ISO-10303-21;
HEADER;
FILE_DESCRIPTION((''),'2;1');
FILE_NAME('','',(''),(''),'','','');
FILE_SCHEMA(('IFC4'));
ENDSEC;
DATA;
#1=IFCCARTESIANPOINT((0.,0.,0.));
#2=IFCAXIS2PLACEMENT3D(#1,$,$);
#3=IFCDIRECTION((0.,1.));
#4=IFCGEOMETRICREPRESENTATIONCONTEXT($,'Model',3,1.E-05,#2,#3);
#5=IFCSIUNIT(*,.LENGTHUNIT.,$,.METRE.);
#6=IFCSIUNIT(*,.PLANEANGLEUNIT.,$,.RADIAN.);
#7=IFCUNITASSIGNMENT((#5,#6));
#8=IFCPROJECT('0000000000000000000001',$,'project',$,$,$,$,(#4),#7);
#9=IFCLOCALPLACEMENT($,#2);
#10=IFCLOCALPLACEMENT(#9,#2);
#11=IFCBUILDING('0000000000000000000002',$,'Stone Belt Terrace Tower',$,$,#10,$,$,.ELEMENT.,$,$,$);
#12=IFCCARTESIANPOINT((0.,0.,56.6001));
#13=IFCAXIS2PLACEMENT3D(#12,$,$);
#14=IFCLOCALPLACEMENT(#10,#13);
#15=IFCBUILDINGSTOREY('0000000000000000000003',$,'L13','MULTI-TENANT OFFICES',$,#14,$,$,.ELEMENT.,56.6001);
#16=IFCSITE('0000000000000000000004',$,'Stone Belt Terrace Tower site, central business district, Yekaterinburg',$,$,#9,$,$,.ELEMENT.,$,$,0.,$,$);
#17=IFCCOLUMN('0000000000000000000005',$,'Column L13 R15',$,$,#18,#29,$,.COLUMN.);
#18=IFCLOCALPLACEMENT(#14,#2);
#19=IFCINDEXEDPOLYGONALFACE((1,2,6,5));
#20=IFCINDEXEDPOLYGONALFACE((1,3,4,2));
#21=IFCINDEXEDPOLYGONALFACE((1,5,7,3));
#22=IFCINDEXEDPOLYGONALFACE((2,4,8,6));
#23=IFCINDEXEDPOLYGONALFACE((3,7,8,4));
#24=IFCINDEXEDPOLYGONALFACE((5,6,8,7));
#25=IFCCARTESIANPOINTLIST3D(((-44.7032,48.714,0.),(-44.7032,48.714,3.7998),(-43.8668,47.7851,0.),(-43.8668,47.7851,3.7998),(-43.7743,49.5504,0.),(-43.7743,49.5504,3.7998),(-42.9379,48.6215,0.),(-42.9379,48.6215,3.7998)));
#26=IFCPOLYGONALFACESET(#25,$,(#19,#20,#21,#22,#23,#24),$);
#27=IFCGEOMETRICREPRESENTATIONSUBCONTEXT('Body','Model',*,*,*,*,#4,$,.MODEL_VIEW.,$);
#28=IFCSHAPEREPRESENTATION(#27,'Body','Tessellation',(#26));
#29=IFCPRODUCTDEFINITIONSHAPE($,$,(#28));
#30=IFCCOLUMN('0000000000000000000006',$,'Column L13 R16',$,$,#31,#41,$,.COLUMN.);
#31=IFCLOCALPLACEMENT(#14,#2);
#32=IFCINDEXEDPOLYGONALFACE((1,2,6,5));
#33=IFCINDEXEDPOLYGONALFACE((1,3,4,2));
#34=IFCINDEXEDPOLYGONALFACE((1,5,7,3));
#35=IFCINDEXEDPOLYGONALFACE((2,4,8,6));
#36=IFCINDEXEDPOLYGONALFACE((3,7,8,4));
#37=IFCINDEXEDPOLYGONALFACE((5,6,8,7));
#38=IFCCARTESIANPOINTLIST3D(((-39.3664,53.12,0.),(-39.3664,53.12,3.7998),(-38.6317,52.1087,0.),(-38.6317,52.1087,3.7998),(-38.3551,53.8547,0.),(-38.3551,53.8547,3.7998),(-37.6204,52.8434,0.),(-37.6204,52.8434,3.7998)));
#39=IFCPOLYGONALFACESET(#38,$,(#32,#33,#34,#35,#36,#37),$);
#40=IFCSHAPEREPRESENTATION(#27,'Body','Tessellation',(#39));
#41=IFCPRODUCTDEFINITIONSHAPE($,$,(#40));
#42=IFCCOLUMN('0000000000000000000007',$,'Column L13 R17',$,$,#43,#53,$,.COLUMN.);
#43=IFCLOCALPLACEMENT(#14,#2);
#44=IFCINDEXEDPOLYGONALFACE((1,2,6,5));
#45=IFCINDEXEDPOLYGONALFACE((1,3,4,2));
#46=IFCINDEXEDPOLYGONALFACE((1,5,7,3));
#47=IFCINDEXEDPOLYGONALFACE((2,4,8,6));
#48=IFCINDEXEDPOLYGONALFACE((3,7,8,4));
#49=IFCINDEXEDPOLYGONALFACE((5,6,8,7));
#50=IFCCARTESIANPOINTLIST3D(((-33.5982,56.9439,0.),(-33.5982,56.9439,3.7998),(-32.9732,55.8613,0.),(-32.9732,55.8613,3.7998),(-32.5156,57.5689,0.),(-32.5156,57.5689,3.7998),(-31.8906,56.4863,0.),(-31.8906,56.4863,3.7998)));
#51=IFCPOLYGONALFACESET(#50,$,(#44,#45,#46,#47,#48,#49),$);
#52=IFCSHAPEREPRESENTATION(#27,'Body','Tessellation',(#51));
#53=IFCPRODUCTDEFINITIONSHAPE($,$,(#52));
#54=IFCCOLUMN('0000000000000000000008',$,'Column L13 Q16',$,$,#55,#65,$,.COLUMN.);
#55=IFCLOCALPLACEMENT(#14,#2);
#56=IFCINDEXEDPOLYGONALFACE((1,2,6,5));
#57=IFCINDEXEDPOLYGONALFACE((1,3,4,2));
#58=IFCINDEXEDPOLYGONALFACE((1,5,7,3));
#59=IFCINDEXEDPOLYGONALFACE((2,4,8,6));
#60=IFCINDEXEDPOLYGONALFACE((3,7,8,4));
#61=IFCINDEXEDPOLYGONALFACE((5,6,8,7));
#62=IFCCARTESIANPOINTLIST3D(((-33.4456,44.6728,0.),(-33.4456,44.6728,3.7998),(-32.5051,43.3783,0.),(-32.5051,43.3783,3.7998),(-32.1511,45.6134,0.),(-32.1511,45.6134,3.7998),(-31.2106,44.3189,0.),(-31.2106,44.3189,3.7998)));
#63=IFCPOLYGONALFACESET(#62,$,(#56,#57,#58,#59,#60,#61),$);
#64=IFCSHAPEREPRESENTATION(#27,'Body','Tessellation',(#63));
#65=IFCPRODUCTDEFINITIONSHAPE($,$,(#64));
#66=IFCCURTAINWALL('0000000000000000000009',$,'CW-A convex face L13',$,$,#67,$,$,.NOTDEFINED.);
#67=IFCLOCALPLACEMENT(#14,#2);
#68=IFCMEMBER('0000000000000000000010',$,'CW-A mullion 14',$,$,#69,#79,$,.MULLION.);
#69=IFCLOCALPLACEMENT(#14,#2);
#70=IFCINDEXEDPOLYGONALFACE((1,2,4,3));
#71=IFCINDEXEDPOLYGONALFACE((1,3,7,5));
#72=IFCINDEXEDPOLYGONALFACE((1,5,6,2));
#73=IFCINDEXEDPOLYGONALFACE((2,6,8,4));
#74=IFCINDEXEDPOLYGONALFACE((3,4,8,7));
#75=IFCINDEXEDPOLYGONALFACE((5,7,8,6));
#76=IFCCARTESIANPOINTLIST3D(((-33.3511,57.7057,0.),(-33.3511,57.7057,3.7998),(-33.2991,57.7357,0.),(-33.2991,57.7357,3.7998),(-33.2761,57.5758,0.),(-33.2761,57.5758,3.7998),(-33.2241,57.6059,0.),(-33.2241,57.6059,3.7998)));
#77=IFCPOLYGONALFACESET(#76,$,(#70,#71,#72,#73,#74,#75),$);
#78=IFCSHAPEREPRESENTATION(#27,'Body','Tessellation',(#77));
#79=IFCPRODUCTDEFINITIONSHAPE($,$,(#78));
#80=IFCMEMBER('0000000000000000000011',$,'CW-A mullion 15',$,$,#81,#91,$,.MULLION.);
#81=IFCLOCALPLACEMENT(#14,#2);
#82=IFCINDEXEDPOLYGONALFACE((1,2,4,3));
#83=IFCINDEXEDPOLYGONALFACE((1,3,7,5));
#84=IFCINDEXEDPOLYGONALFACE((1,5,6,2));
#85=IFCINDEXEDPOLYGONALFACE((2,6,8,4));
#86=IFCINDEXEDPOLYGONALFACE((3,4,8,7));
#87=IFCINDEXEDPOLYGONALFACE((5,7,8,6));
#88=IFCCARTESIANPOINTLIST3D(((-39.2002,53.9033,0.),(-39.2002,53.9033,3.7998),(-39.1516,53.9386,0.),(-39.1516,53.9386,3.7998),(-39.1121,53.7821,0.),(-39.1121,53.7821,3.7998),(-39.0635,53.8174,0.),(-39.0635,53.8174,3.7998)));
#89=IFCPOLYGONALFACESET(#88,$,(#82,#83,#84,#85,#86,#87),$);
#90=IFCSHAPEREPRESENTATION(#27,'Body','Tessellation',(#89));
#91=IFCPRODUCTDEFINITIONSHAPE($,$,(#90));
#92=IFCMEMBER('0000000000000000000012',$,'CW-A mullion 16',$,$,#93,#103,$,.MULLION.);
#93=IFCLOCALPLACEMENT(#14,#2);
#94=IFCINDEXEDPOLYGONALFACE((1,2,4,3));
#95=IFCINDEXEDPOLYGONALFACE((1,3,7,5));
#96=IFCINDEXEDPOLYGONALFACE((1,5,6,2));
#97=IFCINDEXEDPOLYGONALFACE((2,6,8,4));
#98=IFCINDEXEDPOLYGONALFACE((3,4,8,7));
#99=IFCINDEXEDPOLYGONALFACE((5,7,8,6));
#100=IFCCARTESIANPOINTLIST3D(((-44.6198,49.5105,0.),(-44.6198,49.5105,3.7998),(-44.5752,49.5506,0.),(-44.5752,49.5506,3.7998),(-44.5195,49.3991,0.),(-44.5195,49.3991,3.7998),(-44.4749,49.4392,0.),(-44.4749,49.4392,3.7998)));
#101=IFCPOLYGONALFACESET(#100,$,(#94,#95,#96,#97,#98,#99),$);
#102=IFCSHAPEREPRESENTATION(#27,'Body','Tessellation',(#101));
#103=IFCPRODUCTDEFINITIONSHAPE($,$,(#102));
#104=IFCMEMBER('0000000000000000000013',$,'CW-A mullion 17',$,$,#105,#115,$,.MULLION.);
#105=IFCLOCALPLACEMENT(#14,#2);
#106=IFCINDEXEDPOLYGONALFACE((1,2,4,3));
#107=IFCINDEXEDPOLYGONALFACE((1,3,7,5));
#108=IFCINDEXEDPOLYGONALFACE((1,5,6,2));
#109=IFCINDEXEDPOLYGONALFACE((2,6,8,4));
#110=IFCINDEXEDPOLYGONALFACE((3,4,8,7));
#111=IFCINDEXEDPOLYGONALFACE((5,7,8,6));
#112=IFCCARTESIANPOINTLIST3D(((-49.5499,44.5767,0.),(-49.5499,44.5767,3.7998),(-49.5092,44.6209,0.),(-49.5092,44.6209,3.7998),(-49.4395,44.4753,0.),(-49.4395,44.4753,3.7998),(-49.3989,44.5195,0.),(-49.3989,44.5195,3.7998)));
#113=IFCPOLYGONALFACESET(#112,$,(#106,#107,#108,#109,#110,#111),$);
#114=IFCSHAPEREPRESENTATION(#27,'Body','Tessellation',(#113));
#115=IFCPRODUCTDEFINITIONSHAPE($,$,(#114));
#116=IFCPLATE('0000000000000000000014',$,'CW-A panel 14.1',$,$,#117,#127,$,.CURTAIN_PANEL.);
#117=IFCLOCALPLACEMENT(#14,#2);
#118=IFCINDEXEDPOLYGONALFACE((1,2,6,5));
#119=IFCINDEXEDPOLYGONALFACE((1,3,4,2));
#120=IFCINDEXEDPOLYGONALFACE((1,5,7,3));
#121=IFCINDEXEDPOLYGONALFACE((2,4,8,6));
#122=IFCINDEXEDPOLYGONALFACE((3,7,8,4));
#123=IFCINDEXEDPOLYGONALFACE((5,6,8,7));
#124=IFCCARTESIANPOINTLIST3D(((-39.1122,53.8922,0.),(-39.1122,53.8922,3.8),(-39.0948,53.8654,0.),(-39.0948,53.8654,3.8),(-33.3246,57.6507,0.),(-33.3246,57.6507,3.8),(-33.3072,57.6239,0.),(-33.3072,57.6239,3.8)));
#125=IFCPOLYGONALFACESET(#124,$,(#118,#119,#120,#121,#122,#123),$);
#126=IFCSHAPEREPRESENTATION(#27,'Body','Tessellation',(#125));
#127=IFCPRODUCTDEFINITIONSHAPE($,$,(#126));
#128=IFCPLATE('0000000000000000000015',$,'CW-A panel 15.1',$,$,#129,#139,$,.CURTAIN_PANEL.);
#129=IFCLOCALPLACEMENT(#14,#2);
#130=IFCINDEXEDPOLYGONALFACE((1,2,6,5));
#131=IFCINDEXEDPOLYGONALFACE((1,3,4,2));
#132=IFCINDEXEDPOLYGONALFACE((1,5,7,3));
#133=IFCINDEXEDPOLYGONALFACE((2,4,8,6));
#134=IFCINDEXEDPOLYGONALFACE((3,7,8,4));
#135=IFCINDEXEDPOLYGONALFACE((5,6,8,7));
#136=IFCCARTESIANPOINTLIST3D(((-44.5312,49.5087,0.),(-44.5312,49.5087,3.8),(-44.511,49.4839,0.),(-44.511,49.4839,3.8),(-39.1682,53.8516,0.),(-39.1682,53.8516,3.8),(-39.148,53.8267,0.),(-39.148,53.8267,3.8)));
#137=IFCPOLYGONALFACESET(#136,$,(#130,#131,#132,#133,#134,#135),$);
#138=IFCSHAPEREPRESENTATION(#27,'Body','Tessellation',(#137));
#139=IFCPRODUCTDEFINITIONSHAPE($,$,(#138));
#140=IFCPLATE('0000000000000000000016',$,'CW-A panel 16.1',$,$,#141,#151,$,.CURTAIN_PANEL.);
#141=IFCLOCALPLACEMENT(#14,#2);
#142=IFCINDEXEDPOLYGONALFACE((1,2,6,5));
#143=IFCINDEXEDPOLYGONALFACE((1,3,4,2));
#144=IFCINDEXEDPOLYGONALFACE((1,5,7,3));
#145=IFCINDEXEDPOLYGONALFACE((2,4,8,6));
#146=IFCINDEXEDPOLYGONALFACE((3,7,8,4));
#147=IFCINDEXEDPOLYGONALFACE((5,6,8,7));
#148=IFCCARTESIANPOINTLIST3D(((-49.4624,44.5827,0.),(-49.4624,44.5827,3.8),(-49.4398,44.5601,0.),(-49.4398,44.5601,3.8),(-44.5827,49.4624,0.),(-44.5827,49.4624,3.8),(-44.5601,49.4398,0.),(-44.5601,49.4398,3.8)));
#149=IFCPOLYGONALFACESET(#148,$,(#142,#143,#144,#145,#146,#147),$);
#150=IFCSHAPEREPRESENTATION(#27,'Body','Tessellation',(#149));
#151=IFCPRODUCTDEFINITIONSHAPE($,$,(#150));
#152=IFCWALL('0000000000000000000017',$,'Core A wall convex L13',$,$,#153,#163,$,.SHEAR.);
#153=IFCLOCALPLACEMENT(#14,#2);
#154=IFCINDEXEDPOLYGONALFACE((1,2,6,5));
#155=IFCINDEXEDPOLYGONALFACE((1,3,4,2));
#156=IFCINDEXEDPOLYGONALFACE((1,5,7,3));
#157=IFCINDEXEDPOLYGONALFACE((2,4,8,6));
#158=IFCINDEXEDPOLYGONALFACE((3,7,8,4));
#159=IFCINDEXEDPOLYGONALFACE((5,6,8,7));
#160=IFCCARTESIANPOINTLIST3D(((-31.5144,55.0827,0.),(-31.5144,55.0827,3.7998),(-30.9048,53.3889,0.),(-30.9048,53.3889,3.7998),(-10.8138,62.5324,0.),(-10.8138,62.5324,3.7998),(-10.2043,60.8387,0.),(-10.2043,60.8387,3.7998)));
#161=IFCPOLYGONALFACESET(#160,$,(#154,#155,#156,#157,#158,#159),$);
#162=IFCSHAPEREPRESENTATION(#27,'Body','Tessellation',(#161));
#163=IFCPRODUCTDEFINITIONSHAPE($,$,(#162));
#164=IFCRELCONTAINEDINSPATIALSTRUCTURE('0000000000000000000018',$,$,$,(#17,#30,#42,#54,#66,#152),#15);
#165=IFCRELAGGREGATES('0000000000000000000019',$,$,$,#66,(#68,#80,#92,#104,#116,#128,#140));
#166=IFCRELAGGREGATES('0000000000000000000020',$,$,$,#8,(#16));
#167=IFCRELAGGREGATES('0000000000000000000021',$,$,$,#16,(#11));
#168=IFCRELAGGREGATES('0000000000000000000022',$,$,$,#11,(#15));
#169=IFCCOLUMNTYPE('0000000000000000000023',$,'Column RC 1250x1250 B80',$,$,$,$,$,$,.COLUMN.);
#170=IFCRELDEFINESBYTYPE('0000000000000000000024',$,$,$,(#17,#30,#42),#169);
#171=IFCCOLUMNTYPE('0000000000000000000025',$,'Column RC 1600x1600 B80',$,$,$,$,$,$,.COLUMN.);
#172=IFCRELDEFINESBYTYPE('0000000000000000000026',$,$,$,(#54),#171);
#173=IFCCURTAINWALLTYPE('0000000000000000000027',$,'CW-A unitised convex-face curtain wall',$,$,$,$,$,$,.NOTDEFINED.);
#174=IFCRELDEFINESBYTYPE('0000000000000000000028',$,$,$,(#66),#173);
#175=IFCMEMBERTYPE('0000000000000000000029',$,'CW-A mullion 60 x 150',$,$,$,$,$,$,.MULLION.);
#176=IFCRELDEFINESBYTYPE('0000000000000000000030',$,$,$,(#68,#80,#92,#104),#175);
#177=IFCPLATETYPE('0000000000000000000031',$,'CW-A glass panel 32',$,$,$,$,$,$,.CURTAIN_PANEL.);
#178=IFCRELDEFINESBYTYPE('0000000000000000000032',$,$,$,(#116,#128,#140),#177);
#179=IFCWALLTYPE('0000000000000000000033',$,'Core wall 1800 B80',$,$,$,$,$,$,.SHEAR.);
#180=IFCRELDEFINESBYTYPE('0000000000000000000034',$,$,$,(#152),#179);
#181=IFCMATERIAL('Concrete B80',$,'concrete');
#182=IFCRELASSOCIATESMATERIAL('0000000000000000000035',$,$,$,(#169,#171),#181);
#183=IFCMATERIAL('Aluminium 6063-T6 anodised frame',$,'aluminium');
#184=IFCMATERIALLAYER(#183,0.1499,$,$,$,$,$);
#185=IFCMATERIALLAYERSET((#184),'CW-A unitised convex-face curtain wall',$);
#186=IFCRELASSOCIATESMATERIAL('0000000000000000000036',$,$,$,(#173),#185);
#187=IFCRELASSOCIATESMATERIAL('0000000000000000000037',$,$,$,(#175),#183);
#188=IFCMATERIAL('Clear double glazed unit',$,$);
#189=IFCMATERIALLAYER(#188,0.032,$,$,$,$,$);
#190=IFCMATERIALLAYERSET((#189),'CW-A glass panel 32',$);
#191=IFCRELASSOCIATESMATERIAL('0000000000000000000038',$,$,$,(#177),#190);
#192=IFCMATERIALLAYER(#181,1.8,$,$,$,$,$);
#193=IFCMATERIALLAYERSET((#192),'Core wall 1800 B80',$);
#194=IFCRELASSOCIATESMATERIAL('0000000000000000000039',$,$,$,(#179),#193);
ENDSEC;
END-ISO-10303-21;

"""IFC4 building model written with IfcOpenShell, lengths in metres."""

from ifc_helpers import new_model, si_unit, direction, frame, frame_2d, origin, origin_2d, place, context, subcontext, project, spatial, rectangle, extrude, material, layer, layer_set, material_profile, profile_set, type_object, element, aggregate, save


model = new_model("IFC4")

# Units and contexts
model_context = context("Model", 3, precision=1e-05, world=origin(), true_north=direction((0.0, 1.0)))
body_context = subcontext(model_context, "Body", "Model", "MODEL_VIEW")
ifc_project = project(units=[si_unit("LENGTHUNIT", "METRE"), si_unit("PLANEANGLEUNIT", "RADIAN")], contexts=[model_context])

# Site, building, storey
site_placement = place(None, origin())
site = spatial("IfcSite", under=ifc_project, at=site_placement, Name="Stone Belt Terrace Tower site, central business district, Yekaterinburg", CompositionType="ELEMENT", RefElevation=0.0)
building_placement = place(site_placement, origin())
building = spatial("IfcBuilding", under=site, at=building_placement, Name="Stone Belt Terrace Tower", CompositionType="ELEMENT")
storey_placement = place(building_placement, frame((0.0, 0.0, 56.6001)))
storey = spatial("IfcBuildingStorey", under=building, at=storey_placement, Name="L13", Description="MULTI-TENANT OFFICES", CompositionType="ELEMENT", Elevation=56.6001)

# Columns
ifc_material_1 = material(Name="Concrete B80", Category="concrete")
ifc_material_profile_1 = material_profile(ifc_material_1, rectangle(XDim=1.25, YDim=1.25, at=origin_2d()), Name="RC 1250x1250")
ifc_profile_set_1 = profile_set([ifc_material_profile_1], Name="Concrete B80")
column_type_1 = type_object("IfcColumnType", Name="Column RC 1250x1250 B80", PredefinedType="COLUMN", material=ifc_profile_set_1)
for number, where, z_axis, x_axis, name in (
    (1, (-43.8206, 48.6677, 0.0), (0.0, 0.0, 1.0), (0.743145, 0.669131, 0.0), "Column L13 R15"),
    (2, (-38.4934, 52.9817, 0.0), (0.0, 0.0, 1.0), (0.809017, 0.587785, 0.0), "Column L13 R16"),
    (3, (-32.7444, 56.7151, 0.0), (0.0, 0.0, 1.0), (0.866025, 0.5, 0.0), "Column L13 R17"),
):
    element("IfcColumn", number, at=place(storey_placement, frame(where, z_axis=z_axis, x_axis=x_axis)), inside=storey, type_object=column_type_1, Name=name, PredefinedType="COLUMN", context=body_context, shape_type="SweptSolid", body=[
        extrude(rectangle(XDim=1.25, YDim=1.25, at=origin_2d()), origin(), (0.0, 0.0, 1.0), 3.7998),
    ])
ifc_material_profile_2 = material_profile(ifc_material_1, rectangle(XDim=1.6001, YDim=1.6001, at=origin_2d()), Name="RC 1600x1600")
ifc_profile_set_2 = profile_set([ifc_material_profile_2], Name="Concrete B80")
column_type_2 = type_object("IfcColumnType", Name="Column RC 1600x1600 B80", PredefinedType="COLUMN", material=ifc_profile_set_2)
column_placement = place(storey_placement, frame((-32.3281, 44.4958, 0.0), z_axis=(0.0, 0.0, 1.0), x_axis=(0.809017, 0.587785, 0.0)))
element("IfcColumn", 4, at=column_placement, inside=storey, type_object=column_type_2, Name="Column L13 Q16", PredefinedType="COLUMN", context=body_context, shape_type="SweptSolid", body=[
    extrude(rectangle(XDim=1.6001, YDim=1.6001, at=origin_2d()), origin(), (0.0, 0.0, 1.0), 3.7998),
])

# Curtain wall, members, plates
ifc_material_2 = material(Name="Aluminium 6063-T6 anodised frame", Category="aluminium")
ifc_layer_1 = layer(ifc_material_2, 0.1499)
ifc_layer_set_1 = layer_set([ifc_layer_1], Name="CW-A unitised convex-face curtain wall")
curtain_wall_type = type_object("IfcCurtainWallType", Name="CW-A unitised convex-face curtain wall", PredefinedType="NOTDEFINED", material=ifc_layer_set_1)
curtain_wall_placement = place(storey_placement, origin())
curtain_wall = element("IfcCurtainWall", 5, at=curtain_wall_placement, inside=storey, type_object=curtain_wall_type, Name="CW-A convex face L13", PredefinedType="NOTDEFINED")
ifc_material_profile_3 = material_profile(ifc_material_2, rectangle(XDim=0.1499, YDim=0.0601, at=origin_2d()), Name="Aluminium 6063-T6 60x150")
ifc_profile_set_3 = profile_set([ifc_material_profile_3], Name="Aluminium 6063-T6 anodised frame")
member_type = type_object("IfcMemberType", Name="CW-A mullion 60 x 150", PredefinedType="MULLION", material=ifc_profile_set_3)
member_1_placement = place(storey_placement, frame((-33.2876, 57.6558, 0.0), z_axis=(0.0, 0.0, 1.0), x_axis=(0.5, -0.866025, 0.0)))
member_1 = element("IfcMember", 6, at=member_1_placement, type_object=member_type, Name="CW-A mullion 14", PredefinedType="MULLION", context=body_context, shape_type="SweptSolid", body=[
    extrude(rectangle(XDim=0.1499, YDim=0.0601, at=origin_2d()), origin(), (0.0, 0.0, 1.0), 3.7998),
])
member_2_placement = place(storey_placement, frame((-39.1318, 53.8604, 0.0), z_axis=(0.0, 0.0, 1.0), x_axis=(0.587785, -0.809017, 0.0)))
member_2 = element("IfcMember", 7, at=member_2_placement, type_object=member_type, Name="CW-A mullion 15", PredefinedType="MULLION", context=body_context, shape_type="SweptSolid", body=[
    extrude(rectangle(XDim=0.1499, YDim=0.0601, at=origin_2d()), origin(), (0.0, 0.0, 1.0), 3.7998),
])
member_3_placement = place(storey_placement, frame((-44.5474, 49.4749, 0.0), z_axis=(0.0, 0.0, 1.0), x_axis=(0.669131, -0.743145, 0.0)))
member_3 = element("IfcMember", 8, at=member_3_placement, type_object=member_type, Name="CW-A mullion 16", PredefinedType="MULLION", context=body_context, shape_type="SweptSolid", body=[
    extrude(rectangle(XDim=0.1499, YDim=0.0601, at=origin_2d()), origin(), (0.0, 0.0, 1.0), 3.7998),
])
member_4_placement = place(storey_placement, frame((-49.4744, 44.5481, 0.0), z_axis=(0.0, 0.0, 1.0), x_axis=(0.736171, -0.676796, 0.0)))
member_4 = element("IfcMember", 9, at=member_4_placement, type_object=member_type, Name="CW-A mullion 17", PredefinedType="MULLION", context=body_context, shape_type="SweptSolid", body=[
    extrude(rectangle(XDim=0.1499, YDim=0.0601, at=origin_2d()), origin(), (0.0, 0.0, 1.0), 3.7998),
])
ifc_material_3 = material(Name="Clear double glazed unit")
ifc_layer_2 = layer(ifc_material_3, 0.032)
ifc_layer_set_2 = layer_set([ifc_layer_2], Name="CW-A glass panel 32")
plate_type = type_object("IfcPlateType", Name="CW-A glass panel 32", PredefinedType="CURTAIN_PANEL", material=ifc_layer_set_2)
plate_1_placement = place(storey_placement, frame((-36.2097, 55.7581, 0.0), z_axis=(0.0, 0.0, 1.0), x_axis=(-0.838671, -0.544639, 0.0)))
plate_1 = element("IfcPlate", 10, at=plate_1_placement, type_object=plate_type, Name="CW-A panel 14.1", PredefinedType="CURTAIN_PANEL", context=body_context, shape_type="SweptSolid", body=[
    extrude(rectangle(XDim=6.9009, YDim=0.032, at=origin_2d()), origin(), (0.0, 0.0, 1.0), 3.8),
])
plate_2_placement = place(storey_placement, frame((-41.8396, 51.6677, 0.0), z_axis=(0.0, 0.0, 1.0), x_axis=(-0.777146, -0.62932, 0.0)))
plate_2 = element("IfcPlate", 11, at=plate_2_placement, type_object=plate_type, Name="CW-A panel 15.1", PredefinedType="CURTAIN_PANEL", context=body_context, shape_type="SweptSolid", body=[
    extrude(rectangle(XDim=6.9009, YDim=0.032, at=origin_2d()), origin(), (0.0, 0.0, 1.0), 3.8),
])
plate_3_placement = place(storey_placement, frame((-47.0112, 47.0112, 0.0), z_axis=(0.0, 0.0, 1.0), x_axis=(-0.707107, -0.707107, 0.0)))
plate_3 = element("IfcPlate", 12, at=plate_3_placement, type_object=plate_type, Name="CW-A panel 16.1", PredefinedType="CURTAIN_PANEL", context=body_context, shape_type="SweptSolid", body=[
    extrude(rectangle(XDim=6.9009, YDim=0.032, at=origin_2d()), origin(), (0.0, 0.0, 1.0), 3.8),
])
aggregate(curtain_wall, [member_1, member_2, member_3, member_4, plate_1, plate_2, plate_3])

# Wall
ifc_layer_3 = layer(ifc_material_1, 1.8)
ifc_layer_set_3 = layer_set([ifc_layer_3], Name="Core wall 1800 B80")
wall_type_1 = type_object("IfcWallType", Name="Core wall 1800 B80", PredefinedType="SHEAR", material=ifc_layer_set_3)
wall_1_placement = place(storey_placement, frame((-31.2095, 54.2358, 0.0), z_axis=(0.0, 0.0, 1.0), x_axis=(0.940923, 0.338621, 0.0)))
element("IfcWall", 13, at=wall_1_placement, inside=storey, type_object=wall_type_1, Name="Core A wall convex L13", PredefinedType="SHEAR", context=body_context, shape_type="SweptSolid", body=[
    extrude(rectangle(XDim=22.0002, YDim=1.8, at=frame_2d((11.0, 0.0))), origin(), (0.0, 0.0, 1.0), 3.7998),
])

save(model, "model.ifc")
